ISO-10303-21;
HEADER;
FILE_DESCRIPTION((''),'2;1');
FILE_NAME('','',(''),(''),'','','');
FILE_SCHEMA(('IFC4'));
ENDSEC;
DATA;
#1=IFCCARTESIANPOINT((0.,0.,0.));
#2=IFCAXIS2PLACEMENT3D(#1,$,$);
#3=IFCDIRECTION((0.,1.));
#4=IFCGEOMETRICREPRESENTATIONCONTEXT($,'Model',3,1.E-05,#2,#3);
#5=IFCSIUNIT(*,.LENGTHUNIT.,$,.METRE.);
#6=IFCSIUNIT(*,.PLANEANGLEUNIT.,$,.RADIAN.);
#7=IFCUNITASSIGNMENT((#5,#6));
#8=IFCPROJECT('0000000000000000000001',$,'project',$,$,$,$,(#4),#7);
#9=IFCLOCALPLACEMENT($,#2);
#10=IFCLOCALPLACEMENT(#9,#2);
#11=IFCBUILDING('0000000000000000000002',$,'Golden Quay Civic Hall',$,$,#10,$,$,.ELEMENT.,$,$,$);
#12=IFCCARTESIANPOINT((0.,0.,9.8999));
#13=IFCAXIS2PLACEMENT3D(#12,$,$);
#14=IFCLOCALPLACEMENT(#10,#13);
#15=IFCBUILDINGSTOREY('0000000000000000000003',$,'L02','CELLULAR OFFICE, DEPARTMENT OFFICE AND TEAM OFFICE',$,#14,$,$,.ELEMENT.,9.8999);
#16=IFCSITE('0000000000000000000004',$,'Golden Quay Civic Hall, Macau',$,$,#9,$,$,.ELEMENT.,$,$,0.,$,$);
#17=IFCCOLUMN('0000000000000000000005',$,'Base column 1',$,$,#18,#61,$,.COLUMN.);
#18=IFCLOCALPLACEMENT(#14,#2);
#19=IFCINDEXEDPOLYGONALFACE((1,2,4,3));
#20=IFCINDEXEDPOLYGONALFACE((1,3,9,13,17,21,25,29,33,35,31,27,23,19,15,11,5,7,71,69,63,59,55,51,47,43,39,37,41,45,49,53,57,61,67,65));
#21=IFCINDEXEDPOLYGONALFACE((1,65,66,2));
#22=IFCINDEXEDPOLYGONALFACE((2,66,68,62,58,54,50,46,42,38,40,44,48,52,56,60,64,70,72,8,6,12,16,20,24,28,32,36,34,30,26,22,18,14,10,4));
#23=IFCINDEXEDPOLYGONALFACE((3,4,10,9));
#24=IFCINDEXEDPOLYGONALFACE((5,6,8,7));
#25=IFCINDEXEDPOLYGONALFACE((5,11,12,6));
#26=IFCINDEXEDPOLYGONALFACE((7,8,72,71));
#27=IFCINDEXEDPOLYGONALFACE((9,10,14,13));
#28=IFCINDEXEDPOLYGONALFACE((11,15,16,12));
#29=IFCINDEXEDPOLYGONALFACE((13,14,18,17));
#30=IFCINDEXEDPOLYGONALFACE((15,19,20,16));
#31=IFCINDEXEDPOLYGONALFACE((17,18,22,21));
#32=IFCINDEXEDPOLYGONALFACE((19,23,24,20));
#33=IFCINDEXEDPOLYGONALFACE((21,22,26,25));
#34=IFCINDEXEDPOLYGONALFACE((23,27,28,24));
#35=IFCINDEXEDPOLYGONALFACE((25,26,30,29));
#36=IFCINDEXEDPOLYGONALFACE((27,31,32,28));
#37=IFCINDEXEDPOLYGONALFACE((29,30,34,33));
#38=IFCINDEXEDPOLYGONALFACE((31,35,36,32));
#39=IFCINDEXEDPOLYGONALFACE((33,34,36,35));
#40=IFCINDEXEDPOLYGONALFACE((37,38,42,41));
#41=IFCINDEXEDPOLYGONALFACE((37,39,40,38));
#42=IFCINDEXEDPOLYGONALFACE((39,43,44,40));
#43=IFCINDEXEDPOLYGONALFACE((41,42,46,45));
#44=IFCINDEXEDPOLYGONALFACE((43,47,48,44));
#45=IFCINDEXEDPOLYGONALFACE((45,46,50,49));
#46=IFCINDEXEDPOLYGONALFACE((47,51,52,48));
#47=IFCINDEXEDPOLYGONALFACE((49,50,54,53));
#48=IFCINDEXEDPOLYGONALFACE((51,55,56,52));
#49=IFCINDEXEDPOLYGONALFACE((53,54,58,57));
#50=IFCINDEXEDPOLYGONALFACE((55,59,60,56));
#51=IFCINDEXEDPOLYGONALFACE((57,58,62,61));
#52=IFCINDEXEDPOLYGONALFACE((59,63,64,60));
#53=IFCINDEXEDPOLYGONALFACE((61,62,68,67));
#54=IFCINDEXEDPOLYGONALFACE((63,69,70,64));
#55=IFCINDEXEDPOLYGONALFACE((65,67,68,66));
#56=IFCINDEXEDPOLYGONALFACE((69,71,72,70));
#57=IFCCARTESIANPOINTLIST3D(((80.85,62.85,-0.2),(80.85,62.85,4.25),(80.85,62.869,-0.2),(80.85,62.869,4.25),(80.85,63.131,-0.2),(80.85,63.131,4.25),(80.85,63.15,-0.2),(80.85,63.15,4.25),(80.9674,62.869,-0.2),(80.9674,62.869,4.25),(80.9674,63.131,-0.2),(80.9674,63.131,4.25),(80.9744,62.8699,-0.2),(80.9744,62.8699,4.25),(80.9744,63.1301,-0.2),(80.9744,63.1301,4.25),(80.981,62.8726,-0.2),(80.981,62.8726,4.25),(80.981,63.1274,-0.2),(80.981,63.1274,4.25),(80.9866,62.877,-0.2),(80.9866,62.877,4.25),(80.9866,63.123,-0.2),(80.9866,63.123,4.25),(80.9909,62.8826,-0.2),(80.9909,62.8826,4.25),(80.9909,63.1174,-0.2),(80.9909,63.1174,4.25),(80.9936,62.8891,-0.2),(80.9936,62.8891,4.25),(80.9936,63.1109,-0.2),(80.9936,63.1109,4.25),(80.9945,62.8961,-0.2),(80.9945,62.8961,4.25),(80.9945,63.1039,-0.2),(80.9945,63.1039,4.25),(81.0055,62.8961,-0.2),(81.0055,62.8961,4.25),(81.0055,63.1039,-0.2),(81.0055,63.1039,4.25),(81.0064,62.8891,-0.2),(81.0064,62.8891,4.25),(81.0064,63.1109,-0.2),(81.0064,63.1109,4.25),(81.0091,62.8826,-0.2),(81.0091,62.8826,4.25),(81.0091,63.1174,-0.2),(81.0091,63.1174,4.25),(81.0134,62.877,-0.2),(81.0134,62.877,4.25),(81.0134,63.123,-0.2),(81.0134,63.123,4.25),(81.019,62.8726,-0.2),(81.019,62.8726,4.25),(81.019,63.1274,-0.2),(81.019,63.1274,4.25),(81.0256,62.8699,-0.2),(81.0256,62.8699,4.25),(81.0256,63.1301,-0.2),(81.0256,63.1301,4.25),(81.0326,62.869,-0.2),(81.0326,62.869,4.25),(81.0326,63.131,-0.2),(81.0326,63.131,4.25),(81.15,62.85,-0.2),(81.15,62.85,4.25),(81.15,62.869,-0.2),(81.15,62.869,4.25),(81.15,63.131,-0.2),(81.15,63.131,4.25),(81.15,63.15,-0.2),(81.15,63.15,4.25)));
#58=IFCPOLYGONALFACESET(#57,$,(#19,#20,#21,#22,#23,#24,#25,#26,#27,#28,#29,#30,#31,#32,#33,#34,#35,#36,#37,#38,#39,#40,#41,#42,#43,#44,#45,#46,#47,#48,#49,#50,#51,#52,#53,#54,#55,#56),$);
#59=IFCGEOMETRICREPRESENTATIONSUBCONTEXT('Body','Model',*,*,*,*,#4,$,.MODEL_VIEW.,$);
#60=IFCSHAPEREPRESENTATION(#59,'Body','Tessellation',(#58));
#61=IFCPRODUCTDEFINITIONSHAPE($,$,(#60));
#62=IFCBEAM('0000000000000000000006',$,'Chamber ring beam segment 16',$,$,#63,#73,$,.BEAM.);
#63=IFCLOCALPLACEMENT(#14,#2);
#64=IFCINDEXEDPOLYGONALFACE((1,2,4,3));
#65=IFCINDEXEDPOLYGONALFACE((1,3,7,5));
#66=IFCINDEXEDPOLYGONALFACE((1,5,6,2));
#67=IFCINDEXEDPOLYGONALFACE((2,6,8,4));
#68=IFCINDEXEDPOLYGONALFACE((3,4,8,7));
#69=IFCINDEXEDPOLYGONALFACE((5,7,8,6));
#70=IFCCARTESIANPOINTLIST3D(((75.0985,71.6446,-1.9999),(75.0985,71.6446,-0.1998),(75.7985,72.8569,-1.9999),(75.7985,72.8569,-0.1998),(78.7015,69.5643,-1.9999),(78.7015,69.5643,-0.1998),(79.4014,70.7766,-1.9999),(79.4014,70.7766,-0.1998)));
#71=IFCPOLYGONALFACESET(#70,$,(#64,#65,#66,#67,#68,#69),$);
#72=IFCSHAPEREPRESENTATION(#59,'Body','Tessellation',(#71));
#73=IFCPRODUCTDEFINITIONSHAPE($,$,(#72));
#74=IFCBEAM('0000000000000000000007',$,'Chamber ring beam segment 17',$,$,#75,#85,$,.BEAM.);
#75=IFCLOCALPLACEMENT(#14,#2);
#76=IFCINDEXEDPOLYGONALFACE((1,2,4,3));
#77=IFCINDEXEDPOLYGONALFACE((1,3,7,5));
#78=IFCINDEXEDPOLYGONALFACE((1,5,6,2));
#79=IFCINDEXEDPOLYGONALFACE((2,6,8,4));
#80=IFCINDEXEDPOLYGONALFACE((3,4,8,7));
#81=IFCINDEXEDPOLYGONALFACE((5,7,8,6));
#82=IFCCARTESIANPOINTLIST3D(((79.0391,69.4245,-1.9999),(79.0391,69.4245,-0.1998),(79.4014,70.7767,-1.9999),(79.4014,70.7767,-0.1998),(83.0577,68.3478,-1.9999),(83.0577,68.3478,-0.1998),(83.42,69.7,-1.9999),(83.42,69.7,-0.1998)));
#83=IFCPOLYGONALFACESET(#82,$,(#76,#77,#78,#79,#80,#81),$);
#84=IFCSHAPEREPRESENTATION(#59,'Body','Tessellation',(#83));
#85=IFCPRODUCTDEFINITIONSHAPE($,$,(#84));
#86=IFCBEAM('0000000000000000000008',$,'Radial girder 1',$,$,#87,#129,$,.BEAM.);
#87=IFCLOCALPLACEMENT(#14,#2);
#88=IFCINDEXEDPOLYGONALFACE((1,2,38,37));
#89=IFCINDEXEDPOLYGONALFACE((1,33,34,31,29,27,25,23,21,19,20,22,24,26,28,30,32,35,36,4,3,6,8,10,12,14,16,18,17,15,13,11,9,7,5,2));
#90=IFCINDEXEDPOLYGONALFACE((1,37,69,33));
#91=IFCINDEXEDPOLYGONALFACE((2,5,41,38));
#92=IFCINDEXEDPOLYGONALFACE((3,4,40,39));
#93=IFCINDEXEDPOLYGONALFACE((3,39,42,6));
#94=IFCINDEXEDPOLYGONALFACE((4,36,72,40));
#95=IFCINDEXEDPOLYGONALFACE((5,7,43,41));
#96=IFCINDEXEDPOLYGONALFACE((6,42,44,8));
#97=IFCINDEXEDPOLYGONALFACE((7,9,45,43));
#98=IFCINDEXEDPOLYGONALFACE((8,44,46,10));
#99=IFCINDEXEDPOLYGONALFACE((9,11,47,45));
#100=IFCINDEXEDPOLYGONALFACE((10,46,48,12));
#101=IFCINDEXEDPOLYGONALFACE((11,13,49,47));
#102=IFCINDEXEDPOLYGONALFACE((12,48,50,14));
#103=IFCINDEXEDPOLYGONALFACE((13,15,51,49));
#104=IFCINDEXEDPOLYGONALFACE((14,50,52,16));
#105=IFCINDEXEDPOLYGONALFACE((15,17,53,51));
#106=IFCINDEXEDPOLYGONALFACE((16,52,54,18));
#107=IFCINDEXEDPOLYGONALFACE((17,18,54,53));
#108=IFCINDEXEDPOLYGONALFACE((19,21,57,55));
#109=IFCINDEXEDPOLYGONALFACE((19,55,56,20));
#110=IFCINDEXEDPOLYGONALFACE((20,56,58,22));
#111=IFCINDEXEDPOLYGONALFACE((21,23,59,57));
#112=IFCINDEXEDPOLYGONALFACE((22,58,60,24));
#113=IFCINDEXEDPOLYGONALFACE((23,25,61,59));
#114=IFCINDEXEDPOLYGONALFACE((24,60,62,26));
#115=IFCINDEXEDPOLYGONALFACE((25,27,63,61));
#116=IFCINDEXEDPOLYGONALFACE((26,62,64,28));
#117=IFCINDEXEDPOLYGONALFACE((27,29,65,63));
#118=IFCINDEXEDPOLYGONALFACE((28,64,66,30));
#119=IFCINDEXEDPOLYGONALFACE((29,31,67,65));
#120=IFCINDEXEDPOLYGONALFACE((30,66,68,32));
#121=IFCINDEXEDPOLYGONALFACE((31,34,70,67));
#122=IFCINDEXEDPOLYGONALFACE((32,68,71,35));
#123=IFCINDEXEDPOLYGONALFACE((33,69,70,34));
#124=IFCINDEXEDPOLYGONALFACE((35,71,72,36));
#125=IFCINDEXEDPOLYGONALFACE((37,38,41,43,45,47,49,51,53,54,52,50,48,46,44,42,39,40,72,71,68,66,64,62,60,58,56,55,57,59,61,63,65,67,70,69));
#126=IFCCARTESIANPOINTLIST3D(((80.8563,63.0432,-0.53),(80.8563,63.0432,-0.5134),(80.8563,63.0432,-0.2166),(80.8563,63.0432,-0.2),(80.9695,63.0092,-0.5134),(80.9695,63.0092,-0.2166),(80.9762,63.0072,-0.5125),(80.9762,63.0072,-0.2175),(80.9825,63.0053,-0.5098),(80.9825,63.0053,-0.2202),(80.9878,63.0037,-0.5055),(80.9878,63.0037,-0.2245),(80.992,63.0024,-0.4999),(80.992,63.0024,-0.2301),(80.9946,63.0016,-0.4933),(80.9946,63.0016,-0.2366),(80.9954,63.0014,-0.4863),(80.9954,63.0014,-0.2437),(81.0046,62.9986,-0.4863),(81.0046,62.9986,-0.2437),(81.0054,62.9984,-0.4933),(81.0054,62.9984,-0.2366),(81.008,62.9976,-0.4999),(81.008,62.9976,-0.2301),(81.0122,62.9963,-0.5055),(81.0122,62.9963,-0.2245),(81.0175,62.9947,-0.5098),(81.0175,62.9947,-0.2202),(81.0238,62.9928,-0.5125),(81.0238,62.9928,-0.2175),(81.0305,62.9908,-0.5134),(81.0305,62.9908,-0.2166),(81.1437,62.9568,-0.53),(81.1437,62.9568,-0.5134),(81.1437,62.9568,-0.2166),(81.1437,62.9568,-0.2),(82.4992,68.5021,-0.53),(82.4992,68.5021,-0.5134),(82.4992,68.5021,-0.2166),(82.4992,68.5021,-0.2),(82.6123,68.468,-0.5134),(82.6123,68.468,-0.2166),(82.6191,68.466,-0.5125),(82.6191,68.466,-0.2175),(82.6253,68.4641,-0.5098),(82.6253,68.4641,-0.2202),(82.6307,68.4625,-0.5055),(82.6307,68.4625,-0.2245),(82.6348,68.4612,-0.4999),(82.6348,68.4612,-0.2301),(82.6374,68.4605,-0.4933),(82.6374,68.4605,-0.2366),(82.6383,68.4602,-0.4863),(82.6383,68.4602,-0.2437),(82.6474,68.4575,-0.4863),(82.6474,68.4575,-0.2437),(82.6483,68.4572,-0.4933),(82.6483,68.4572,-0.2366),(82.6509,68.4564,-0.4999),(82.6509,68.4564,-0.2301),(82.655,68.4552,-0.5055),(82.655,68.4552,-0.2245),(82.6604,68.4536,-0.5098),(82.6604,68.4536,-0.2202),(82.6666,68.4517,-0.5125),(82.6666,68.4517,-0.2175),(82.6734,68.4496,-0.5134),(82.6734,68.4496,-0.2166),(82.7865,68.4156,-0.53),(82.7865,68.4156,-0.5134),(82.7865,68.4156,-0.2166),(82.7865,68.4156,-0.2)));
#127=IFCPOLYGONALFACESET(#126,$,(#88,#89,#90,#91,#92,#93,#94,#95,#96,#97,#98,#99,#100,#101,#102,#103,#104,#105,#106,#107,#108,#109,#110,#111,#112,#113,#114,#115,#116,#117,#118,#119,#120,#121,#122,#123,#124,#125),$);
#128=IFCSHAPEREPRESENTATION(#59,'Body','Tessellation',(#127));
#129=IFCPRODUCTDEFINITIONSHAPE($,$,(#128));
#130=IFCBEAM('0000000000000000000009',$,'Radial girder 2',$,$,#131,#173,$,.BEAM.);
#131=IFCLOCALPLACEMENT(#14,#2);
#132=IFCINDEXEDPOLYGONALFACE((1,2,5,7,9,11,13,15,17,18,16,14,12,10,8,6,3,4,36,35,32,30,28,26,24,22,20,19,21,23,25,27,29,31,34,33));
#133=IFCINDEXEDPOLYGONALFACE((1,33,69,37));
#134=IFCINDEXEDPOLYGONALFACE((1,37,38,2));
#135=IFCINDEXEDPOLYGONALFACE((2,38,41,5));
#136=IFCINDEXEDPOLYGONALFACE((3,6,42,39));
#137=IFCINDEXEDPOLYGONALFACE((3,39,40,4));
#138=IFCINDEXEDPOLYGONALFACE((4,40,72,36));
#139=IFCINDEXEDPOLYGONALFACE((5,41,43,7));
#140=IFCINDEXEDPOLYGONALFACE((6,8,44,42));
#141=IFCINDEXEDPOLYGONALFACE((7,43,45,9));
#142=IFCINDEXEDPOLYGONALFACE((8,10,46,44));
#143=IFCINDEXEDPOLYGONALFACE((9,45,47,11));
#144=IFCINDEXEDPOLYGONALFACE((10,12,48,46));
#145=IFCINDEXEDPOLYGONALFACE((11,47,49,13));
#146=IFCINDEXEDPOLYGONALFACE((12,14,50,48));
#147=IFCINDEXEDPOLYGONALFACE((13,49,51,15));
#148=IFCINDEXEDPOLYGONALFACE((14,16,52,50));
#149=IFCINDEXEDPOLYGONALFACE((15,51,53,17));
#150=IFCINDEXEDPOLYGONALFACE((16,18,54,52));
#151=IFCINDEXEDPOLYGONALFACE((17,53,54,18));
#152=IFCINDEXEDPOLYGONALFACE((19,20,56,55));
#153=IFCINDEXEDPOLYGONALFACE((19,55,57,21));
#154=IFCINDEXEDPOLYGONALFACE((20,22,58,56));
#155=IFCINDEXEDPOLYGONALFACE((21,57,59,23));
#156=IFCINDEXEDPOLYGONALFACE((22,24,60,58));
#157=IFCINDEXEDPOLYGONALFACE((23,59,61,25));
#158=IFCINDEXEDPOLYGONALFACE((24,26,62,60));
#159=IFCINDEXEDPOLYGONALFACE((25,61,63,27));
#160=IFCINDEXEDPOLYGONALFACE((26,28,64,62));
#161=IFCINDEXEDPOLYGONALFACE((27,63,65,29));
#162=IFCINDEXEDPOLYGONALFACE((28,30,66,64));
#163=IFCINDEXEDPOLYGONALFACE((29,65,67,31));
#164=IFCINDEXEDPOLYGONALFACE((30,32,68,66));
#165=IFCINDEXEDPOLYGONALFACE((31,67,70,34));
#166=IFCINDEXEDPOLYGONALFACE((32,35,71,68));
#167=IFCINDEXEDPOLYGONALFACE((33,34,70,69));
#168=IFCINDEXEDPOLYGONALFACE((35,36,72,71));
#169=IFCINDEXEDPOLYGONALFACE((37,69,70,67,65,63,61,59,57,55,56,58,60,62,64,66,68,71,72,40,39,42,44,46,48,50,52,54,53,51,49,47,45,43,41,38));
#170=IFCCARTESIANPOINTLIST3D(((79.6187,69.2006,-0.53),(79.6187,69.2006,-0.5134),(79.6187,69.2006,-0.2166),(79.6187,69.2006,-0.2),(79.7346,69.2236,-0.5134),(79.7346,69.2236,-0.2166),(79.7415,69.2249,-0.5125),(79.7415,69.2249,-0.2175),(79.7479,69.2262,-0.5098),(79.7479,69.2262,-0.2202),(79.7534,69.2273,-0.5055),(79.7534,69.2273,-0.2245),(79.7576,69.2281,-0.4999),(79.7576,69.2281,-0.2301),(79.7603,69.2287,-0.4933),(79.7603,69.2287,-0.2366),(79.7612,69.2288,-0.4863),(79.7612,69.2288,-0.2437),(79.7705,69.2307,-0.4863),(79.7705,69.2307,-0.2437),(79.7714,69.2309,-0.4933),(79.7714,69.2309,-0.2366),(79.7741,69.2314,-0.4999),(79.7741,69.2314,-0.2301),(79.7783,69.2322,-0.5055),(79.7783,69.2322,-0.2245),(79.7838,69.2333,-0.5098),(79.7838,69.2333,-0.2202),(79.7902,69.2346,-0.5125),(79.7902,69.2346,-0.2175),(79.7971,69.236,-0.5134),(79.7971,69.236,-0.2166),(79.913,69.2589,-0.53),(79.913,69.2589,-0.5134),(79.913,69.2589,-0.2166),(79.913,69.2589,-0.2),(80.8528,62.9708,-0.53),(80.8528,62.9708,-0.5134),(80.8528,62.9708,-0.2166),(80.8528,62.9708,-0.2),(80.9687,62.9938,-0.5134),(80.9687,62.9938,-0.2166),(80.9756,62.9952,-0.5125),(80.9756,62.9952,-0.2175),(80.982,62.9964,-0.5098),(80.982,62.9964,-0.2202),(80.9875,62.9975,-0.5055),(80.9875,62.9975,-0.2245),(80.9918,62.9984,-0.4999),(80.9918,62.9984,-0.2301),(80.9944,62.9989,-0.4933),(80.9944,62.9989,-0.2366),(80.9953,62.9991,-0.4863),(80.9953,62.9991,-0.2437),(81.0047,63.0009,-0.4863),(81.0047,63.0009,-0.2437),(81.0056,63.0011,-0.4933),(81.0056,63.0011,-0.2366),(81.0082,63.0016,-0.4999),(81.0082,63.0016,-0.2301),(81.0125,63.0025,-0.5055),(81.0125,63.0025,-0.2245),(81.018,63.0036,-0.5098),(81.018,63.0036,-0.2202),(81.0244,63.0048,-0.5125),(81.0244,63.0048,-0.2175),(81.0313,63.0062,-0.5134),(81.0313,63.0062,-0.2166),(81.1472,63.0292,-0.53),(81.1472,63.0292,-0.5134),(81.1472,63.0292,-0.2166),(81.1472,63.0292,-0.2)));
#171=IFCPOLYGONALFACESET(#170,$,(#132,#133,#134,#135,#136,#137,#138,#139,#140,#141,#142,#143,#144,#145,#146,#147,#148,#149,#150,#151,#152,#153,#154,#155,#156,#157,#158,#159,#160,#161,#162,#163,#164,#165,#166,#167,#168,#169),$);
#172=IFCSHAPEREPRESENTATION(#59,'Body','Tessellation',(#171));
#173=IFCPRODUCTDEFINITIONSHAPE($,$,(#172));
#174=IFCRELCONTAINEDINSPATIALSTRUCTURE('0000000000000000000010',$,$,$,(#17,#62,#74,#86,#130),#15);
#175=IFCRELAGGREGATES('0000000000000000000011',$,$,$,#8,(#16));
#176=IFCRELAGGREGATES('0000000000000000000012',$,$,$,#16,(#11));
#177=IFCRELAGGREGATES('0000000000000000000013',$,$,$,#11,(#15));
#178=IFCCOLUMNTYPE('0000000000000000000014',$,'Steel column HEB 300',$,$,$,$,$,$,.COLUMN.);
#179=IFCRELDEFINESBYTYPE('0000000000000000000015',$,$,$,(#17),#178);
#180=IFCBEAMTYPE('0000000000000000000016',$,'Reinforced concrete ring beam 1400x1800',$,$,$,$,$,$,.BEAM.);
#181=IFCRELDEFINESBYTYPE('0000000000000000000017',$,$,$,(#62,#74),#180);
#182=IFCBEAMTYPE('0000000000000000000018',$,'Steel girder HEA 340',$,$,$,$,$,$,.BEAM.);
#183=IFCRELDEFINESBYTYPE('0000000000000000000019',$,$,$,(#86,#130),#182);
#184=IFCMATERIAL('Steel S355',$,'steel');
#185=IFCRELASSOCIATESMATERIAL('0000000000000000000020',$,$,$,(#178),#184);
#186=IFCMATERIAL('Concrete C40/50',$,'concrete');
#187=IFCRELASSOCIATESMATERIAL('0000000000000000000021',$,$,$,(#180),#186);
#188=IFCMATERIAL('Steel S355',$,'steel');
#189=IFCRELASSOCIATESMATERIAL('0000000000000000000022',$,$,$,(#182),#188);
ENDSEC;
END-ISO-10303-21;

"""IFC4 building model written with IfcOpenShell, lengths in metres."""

from ifc_helpers import new_model, si_unit, direction, frame, origin, origin_2d, place, context, subcontext, project, spatial, rectangle, i_section, extrude, material, material_profile, profile_set, type_object, element, save


model = new_model("IFC4")

# Units and contexts
model_context = context("Model", 3, precision=1e-05, world=origin(), true_north=direction((0.0, 1.0)))
body_context = subcontext(model_context, "Body", "Model", "MODEL_VIEW")
ifc_project = project(units=[si_unit("LENGTHUNIT", "METRE"), si_unit("PLANEANGLEUNIT", "RADIAN")], contexts=[model_context])

# Site, building, storey
site_placement = place(None, origin())
site = spatial("IfcSite", under=ifc_project, at=site_placement, Name="Golden Quay Civic Hall, Macau", CompositionType="ELEMENT", RefElevation=0.0)
building_placement = place(site_placement, origin())
building = spatial("IfcBuilding", under=site, at=building_placement, Name="Golden Quay Civic Hall", CompositionType="ELEMENT")
storey_placement = place(building_placement, frame((0.0, 0.0, 9.8999)))
storey = spatial("IfcBuildingStorey", under=building, at=storey_placement, Name="L02", Description="CELLULAR OFFICE, DEPARTMENT OFFICE AND TEAM OFFICE", CompositionType="ELEMENT", Elevation=9.8999)

# Column
ifc_material_1 = material(Name="Steel S355", Category="steel")
ifc_material_profile_1 = material_profile(ifc_material_1, i_section(OverallWidth=0.3, OverallDepth=0.3, WebThickness=0.011, FlangeThickness=0.019, FilletRadius=0.0271, at=origin_2d()), Name="HEB 300")
ifc_profile_set_1 = profile_set([ifc_material_profile_1], Name="Steel S355")
column_type = type_object("IfcColumnType", Name="Steel column HEB 300", PredefinedType="COLUMN", material=ifc_profile_set_1)
column_placement = place(storey_placement, frame((81.0, 63.0, -0.2), z_axis=(0.0, 0.0, 1.0), x_axis=(1.0, 0.0, 0.0)))
element("IfcColumn", 1, at=column_placement, inside=storey, type_object=column_type, Name="Base column 1", PredefinedType="COLUMN", context=body_context, shape_type="SweptSolid", body=[
    extrude(i_section(OverallWidth=0.3, OverallDepth=0.3, WebThickness=0.011, FlangeThickness=0.019, FilletRadius=0.0271, at=origin_2d()), origin(), (0.0, 0.0, 1.0), 4.45),
])

# Beams
ifc_material_2 = material(Name="Concrete C40/50", Category="concrete")
ifc_material_profile_2 = material_profile(ifc_material_2, rectangle(XDim=1.3999, YDim=1.8, at=origin_2d()), Name="RC 1400x1800")
ifc_profile_set_2 = profile_set([ifc_material_profile_2], Name="Concrete C40/50")
beam_type_1 = type_object("IfcBeamType", Name="Reinforced concrete ring beam 1400x1800", PredefinedType="BEAM", material=ifc_profile_set_2)
for number, where, z_axis, x_axis, name in (
    (2, (75.4485, 72.2507, -1.0999), (0.866014, -0.50002, 0.0), (0.50002, 0.866014, 0.0), "Chamber ring beam segment 16"),
    (3, (79.2202, 70.1006, -1.0999), (0.965932, -0.258795, 0.0), (0.258795, 0.965932, 0.0), "Chamber ring beam segment 17"),
):
    element("IfcBeam", number, at=place(storey_placement, frame(where, z_axis=z_axis, x_axis=x_axis)), inside=storey, type_object=beam_type_1, Name=name, PredefinedType="BEAM", context=body_context, shape_type="SweptSolid", body=[
        extrude(rectangle(XDim=1.3999, YDim=1.8, at=origin_2d()), origin(), (0.0, 0.0, 1.0), 4.1604),
    ])
ifc_material_3 = material(Name="Steel S355", Category="steel")
ifc_material_profile_3 = material_profile(ifc_material_3, i_section(OverallWidth=0.3, OverallDepth=0.3301, WebThickness=0.0095, FlangeThickness=0.0166, FilletRadius=0.0271, at=origin_2d()), Name="HEA 340")
ifc_profile_set_3 = profile_set([ifc_material_profile_3], Name="Steel S355")
beam_type_2 = type_object("IfcBeamType", Name="Steel girder HEA 340", PredefinedType="BEAM", material=ifc_profile_set_3)
beam_1_placement = place(storey_placement, frame((81.0, 63.0, -0.365), z_axis=(0.288185, 0.957575, 0.0), x_axis=(-0.957575, 0.288185, 0.0)))
element("IfcBeam", 4, at=beam_1_placement, inside=storey, type_object=beam_type_2, Name="Radial girder 1", PredefinedType="BEAM", context=body_context, shape_type="SweptSolid", body=[
    extrude(i_section(OverallWidth=0.3, OverallDepth=0.3301, WebThickness=0.0095, FlangeThickness=0.0166, FilletRadius=0.0271, at=origin_2d()), origin(), (0.0, 0.0, 1.0), 5.7007),
])
beam_2_placement = place(storey_placement, frame((81.0, 63.0, -0.365), z_axis=(-0.194327, 0.980937, 0.0), x_axis=(-0.980937, -0.194327, 0.0)))
element("IfcBeam", 5, at=beam_2_placement, inside=storey, type_object=beam_type_2, Name="Radial girder 2", PredefinedType="BEAM", context=body_context, shape_type="SweptSolid", body=[
    extrude(i_section(OverallWidth=0.3, OverallDepth=0.3301, WebThickness=0.0095, FlangeThickness=0.0166, FilletRadius=0.0271, at=origin_2d()), origin(), (0.0, 0.0, 1.0), 6.3508),
])

save(model, "model.ifc")
